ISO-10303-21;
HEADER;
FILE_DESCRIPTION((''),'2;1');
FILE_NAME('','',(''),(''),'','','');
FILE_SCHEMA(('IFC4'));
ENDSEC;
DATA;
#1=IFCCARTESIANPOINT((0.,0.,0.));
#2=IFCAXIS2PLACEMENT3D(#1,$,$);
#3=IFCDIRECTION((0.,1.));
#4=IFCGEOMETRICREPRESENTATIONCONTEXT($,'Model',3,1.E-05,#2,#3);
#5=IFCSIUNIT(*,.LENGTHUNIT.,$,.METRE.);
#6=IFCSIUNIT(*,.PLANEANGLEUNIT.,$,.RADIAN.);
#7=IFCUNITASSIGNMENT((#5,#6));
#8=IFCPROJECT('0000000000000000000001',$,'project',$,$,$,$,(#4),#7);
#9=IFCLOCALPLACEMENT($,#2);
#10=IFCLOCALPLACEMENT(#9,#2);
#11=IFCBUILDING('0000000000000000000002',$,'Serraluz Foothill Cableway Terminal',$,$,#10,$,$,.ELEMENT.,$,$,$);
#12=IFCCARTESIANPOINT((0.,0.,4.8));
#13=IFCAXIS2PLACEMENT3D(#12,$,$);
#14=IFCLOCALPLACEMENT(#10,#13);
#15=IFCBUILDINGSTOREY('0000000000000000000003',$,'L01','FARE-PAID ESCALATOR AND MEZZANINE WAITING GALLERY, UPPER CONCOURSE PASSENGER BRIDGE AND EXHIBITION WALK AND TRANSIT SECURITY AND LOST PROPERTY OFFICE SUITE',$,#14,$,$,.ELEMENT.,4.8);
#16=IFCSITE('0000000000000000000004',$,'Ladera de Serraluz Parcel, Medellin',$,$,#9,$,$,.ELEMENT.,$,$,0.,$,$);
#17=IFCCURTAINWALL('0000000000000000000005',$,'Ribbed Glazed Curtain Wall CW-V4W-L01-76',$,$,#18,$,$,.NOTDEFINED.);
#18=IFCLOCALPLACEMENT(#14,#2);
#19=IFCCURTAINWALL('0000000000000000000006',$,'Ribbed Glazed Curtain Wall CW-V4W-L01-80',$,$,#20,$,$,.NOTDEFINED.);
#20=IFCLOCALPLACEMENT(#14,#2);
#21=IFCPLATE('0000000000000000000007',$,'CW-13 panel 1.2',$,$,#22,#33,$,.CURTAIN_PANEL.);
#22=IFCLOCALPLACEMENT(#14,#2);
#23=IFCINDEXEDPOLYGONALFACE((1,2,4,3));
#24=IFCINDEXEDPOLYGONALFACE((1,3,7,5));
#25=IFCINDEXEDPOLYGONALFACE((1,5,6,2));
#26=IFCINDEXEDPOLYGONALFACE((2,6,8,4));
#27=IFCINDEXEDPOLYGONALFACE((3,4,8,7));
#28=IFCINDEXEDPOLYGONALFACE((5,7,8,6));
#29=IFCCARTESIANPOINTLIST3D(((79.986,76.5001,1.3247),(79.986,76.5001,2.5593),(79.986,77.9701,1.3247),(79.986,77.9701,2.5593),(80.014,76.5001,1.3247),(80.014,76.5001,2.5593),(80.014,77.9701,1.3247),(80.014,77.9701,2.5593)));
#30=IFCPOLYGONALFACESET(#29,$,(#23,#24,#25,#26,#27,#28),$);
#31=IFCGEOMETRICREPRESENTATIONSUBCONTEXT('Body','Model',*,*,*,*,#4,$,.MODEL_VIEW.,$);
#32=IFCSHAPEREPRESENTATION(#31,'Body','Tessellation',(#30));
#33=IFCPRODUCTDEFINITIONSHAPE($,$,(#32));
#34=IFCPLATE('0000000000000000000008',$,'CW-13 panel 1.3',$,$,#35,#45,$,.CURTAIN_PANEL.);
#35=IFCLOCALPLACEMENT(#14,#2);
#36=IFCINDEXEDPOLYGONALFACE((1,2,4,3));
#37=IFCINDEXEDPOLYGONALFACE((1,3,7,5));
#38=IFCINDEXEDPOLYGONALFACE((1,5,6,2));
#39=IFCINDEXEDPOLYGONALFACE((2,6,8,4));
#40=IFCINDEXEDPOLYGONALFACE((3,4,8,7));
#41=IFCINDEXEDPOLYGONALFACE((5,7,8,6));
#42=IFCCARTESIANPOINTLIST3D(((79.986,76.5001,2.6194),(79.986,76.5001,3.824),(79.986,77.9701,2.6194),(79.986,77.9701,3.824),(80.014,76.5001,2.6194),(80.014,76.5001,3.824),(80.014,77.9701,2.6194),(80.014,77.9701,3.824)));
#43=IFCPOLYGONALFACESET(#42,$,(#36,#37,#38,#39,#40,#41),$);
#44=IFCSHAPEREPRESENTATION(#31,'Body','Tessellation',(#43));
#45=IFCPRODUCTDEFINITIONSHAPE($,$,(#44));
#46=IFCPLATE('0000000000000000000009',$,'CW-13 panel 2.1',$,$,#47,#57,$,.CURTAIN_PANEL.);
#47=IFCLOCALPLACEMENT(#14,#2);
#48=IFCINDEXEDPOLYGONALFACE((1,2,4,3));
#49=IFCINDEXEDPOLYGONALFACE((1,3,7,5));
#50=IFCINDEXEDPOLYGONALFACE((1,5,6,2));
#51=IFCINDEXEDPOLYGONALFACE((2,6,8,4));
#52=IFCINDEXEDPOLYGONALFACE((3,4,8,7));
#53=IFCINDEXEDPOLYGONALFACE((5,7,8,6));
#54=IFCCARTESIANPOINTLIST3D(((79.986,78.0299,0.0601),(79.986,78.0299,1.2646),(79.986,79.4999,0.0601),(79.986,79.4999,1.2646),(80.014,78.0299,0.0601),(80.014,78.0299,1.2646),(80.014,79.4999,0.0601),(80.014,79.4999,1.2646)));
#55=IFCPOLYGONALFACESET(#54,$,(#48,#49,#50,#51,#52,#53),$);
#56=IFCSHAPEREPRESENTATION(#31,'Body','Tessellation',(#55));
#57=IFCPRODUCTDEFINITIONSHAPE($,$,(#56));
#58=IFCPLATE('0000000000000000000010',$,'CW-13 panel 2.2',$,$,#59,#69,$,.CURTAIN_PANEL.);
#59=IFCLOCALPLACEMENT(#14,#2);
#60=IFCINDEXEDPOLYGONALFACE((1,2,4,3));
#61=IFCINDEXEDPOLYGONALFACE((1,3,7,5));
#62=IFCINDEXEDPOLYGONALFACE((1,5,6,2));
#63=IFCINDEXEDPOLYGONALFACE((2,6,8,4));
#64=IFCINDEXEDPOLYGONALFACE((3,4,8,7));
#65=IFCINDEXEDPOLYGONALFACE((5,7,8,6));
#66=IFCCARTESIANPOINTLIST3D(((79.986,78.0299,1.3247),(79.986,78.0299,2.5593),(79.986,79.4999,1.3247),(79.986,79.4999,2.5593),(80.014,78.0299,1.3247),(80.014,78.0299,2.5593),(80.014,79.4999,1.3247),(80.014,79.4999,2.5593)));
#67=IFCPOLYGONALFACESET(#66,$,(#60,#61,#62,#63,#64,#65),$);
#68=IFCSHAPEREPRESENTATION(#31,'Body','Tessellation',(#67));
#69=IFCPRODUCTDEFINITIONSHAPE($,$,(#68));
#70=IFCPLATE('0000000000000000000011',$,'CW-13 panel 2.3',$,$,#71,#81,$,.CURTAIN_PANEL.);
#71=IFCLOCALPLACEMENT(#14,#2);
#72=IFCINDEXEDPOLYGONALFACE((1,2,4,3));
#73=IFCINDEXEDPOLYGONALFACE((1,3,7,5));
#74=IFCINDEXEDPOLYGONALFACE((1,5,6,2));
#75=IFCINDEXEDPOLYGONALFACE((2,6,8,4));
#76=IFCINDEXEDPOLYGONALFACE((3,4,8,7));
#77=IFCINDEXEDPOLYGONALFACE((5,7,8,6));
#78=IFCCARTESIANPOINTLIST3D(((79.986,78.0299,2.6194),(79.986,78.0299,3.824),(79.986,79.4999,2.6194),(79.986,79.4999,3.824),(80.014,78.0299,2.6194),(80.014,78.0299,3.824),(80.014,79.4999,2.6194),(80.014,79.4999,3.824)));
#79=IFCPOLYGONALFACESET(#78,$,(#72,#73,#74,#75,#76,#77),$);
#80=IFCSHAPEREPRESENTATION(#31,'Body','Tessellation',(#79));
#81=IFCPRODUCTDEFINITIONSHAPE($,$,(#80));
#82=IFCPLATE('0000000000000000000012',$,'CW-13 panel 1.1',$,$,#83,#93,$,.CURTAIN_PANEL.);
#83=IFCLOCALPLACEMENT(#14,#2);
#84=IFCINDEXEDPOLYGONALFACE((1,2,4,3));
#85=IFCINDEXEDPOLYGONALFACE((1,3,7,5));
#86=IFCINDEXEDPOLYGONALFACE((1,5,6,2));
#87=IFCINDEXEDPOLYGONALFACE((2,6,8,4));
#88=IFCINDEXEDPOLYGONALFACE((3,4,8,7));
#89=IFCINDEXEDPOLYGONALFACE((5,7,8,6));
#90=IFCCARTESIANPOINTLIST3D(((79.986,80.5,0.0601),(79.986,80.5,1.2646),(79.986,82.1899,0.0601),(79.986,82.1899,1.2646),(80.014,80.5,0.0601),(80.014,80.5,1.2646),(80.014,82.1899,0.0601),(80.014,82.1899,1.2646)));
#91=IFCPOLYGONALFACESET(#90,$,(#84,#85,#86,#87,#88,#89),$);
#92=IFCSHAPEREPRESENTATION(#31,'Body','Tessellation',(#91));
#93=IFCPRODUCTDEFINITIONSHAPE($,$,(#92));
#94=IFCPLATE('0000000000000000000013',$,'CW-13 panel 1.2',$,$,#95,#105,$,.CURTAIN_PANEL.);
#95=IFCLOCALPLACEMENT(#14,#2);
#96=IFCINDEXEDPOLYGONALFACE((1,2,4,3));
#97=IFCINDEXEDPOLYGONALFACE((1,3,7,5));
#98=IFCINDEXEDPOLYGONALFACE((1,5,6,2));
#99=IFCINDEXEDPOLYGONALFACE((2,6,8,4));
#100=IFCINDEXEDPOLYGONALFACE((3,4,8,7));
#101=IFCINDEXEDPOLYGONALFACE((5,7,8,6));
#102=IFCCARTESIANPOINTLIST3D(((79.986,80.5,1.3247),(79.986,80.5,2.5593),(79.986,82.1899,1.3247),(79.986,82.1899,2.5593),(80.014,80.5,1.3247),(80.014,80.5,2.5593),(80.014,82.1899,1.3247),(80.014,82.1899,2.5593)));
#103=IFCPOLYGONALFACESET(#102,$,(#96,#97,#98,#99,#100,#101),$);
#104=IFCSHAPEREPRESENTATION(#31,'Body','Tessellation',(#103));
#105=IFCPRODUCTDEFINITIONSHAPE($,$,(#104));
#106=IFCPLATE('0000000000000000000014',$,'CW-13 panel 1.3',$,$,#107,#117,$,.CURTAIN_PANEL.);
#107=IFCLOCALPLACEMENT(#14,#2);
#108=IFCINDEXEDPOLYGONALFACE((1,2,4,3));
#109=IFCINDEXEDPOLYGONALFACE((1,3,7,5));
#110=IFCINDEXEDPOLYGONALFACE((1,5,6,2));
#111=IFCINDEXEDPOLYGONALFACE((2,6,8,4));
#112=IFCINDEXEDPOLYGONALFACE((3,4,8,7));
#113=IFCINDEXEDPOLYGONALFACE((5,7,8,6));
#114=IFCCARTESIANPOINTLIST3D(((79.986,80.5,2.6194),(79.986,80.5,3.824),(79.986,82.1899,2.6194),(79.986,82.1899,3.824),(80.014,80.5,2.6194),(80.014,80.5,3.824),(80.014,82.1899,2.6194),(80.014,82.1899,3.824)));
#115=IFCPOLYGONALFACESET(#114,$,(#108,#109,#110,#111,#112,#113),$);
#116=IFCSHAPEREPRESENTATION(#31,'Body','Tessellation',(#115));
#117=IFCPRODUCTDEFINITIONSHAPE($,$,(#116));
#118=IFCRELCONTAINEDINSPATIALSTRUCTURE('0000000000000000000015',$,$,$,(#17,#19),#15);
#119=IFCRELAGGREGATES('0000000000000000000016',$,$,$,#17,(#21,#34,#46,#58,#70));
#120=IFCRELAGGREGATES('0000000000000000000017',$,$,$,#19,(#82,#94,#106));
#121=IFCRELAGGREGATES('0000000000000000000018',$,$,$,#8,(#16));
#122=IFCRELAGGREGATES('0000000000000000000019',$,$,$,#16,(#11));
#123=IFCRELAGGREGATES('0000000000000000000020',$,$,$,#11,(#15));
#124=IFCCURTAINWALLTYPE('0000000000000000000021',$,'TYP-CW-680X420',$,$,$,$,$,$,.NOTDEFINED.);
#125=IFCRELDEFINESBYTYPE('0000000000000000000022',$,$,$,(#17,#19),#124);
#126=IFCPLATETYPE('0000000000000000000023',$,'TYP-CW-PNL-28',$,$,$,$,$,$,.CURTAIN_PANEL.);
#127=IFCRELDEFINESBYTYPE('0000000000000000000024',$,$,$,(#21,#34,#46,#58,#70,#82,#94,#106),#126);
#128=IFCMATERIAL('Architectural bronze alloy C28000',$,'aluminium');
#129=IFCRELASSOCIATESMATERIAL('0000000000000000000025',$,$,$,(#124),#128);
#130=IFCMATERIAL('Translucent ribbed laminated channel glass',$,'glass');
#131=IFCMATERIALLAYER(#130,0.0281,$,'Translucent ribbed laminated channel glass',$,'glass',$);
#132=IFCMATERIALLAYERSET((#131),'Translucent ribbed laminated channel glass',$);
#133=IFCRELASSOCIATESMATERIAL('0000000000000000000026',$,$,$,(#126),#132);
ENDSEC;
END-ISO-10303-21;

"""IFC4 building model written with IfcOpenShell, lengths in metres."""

from ifc_helpers import new_model, si_unit, direction, frame, origin, origin_2d, place, context, subcontext, project, spatial, rectangle, extrude, material, layer, layer_set, type_object, element, aggregate, save


model = new_model("IFC4")

# Units and contexts
model_context = context("Model", 3, precision=1e-05, world=origin(), true_north=direction((0.0, 1.0)))
body_context = subcontext(model_context, "Body", "Model", "MODEL_VIEW")
ifc_project = project(units=[si_unit("LENGTHUNIT", "METRE"), si_unit("PLANEANGLEUNIT", "RADIAN")], contexts=[model_context])

# Site, building, storey
site_placement = place(None, origin())
site = spatial("IfcSite", under=ifc_project, at=site_placement, Name="Ladera de Serraluz Parcel, Medellin", CompositionType="ELEMENT", RefElevation=0.0)
building_placement = place(site_placement, origin())
building = spatial("IfcBuilding", under=site, at=building_placement, Name="Serraluz Foothill Cableway Terminal", CompositionType="ELEMENT")
storey_placement = place(building_placement, frame((0.0, 0.0, 4.8)))
storey = spatial("IfcBuildingStorey", under=building, at=storey_placement, Name="L01", Description="FARE-PAID ESCALATOR AND MEZZANINE WAITING GALLERY, UPPER CONCOURSE PASSENGER BRIDGE AND EXHIBITION WALK AND TRANSIT SECURITY AND LOST PROPERTY OFFICE SUITE", CompositionType="ELEMENT", Elevation=4.8)

# Curtain walls
ifc_material_1 = material(Name="Architectural bronze alloy C28000", Category="aluminium")
curtain_wall_type = type_object("IfcCurtainWallType", Name="TYP-CW-680X420", PredefinedType="NOTDEFINED", material=ifc_material_1)
curtain_wall_1_placement = place(storey_placement, origin())
curtain_wall_1 = element("IfcCurtainWall", 1, at=curtain_wall_1_placement, inside=storey, type_object=curtain_wall_type, Name="Ribbed Glazed Curtain Wall CW-V4W-L01-76", PredefinedType="NOTDEFINED")
curtain_wall_2_placement = place(storey_placement, origin())
curtain_wall_2 = element("IfcCurtainWall", 2, at=curtain_wall_2_placement, inside=storey, type_object=curtain_wall_type, Name="Ribbed Glazed Curtain Wall CW-V4W-L01-80", PredefinedType="NOTDEFINED")

# Plates
ifc_material_2 = material(Name="Translucent ribbed laminated channel glass", Category="glass")
ifc_layer = layer(ifc_material_2, 0.0281, Name="Translucent ribbed laminated channel glass", Category="glass")
ifc_layer_set = layer_set([ifc_layer], Name="Translucent ribbed laminated channel glass")
plate_type = type_object("IfcPlateType", Name="TYP-CW-PNL-28", PredefinedType="CURTAIN_PANEL", material=ifc_layer_set)
plate_1_placement = place(storey_placement, frame((80.0, 77.2351, 1.3247), z_axis=(0.0, 0.0, 1.0), x_axis=(0.0, 1.0, 0.0)))
plate_1 = element("IfcPlate", 3, at=plate_1_placement, type_object=plate_type, Name="CW-13 panel 1.2", PredefinedType="CURTAIN_PANEL", context=body_context, shape_type="SweptSolid", body=[
    extrude(rectangle(XDim=1.47, YDim=0.0281, at=origin_2d()), origin(), (0.0, 0.0, 1.0), 1.2346),
])
plate_2_placement = place(storey_placement, frame((80.0, 77.2351, 2.6194), z_axis=(0.0, 0.0, 1.0), x_axis=(0.0, 1.0, 0.0)))
plate_2 = element("IfcPlate", 4, at=plate_2_placement, type_object=plate_type, Name="CW-13 panel 1.3", PredefinedType="CURTAIN_PANEL", context=body_context, shape_type="SweptSolid", body=[
    extrude(rectangle(XDim=1.47, YDim=0.0281, at=origin_2d()), origin(), (0.0, 0.0, 1.0), 1.2046),
])
plate_3_placement = place(storey_placement, frame((80.0, 78.7649, 0.0601), z_axis=(0.0, 0.0, 1.0), x_axis=(0.0, 1.0, 0.0)))
plate_3 = element("IfcPlate", 5, at=plate_3_placement, type_object=plate_type, Name="CW-13 panel 2.1", PredefinedType="CURTAIN_PANEL", context=body_context, shape_type="SweptSolid", body=[
    extrude(rectangle(XDim=1.47, YDim=0.0281, at=origin_2d()), origin(), (0.0, 0.0, 1.0), 1.2046),
])
plate_4_placement = place(storey_placement, frame((80.0, 78.7649, 1.3247), z_axis=(0.0, 0.0, 1.0), x_axis=(0.0, 1.0, 0.0)))
plate_4 = element("IfcPlate", 6, at=plate_4_placement, type_object=plate_type, Name="CW-13 panel 2.2", PredefinedType="CURTAIN_PANEL", context=body_context, shape_type="SweptSolid", body=[
    extrude(rectangle(XDim=1.47, YDim=0.0281, at=origin_2d()), origin(), (0.0, 0.0, 1.0), 1.2346),
])
plate_5_placement = place(storey_placement, frame((80.0, 78.7649, 2.6194), z_axis=(0.0, 0.0, 1.0), x_axis=(0.0, 1.0, 0.0)))
plate_5 = element("IfcPlate", 7, at=plate_5_placement, type_object=plate_type, Name="CW-13 panel 2.3", PredefinedType="CURTAIN_PANEL", context=body_context, shape_type="SweptSolid", body=[
    extrude(rectangle(XDim=1.47, YDim=0.0281, at=origin_2d()), origin(), (0.0, 0.0, 1.0), 1.2046),
])
aggregate(curtain_wall_1, [plate_1, plate_2, plate_3, plate_4, plate_5])
plate_6_placement = place(storey_placement, frame((80.0, 81.345, 0.0601), z_axis=(0.0, 0.0, 1.0), x_axis=(0.0, 1.0, 0.0)))
plate_6 = element("IfcPlate", 8, at=plate_6_placement, type_object=plate_type, Name="CW-13 panel 1.1", PredefinedType="CURTAIN_PANEL", context=body_context, shape_type="SweptSolid", body=[
    extrude(rectangle(XDim=1.6899, YDim=0.0281, at=origin_2d()), origin(), (0.0, 0.0, 1.0), 1.2046),
])
plate_7_placement = place(storey_placement, frame((80.0, 81.345, 1.3247), z_axis=(0.0, 0.0, 1.0), x_axis=(0.0, 1.0, 0.0)))
plate_7 = element("IfcPlate", 9, at=plate_7_placement, type_object=plate_type, Name="CW-13 panel 1.2", PredefinedType="CURTAIN_PANEL", context=body_context, shape_type="SweptSolid", body=[
    extrude(rectangle(XDim=1.6899, YDim=0.0281, at=origin_2d()), origin(), (0.0, 0.0, 1.0), 1.2346),
])
plate_8_placement = place(storey_placement, frame((80.0, 81.345, 2.6194), z_axis=(0.0, 0.0, 1.0), x_axis=(0.0, 1.0, 0.0)))
plate_8 = element("IfcPlate", 10, at=plate_8_placement, type_object=plate_type, Name="CW-13 panel 1.3", PredefinedType="CURTAIN_PANEL", context=body_context, shape_type="SweptSolid", body=[
    extrude(rectangle(XDim=1.6899, YDim=0.0281, at=origin_2d()), origin(), (0.0, 0.0, 1.0), 1.2046),
])
aggregate(curtain_wall_2, [plate_6, plate_7, plate_8])

save(model, "model.ifc")
